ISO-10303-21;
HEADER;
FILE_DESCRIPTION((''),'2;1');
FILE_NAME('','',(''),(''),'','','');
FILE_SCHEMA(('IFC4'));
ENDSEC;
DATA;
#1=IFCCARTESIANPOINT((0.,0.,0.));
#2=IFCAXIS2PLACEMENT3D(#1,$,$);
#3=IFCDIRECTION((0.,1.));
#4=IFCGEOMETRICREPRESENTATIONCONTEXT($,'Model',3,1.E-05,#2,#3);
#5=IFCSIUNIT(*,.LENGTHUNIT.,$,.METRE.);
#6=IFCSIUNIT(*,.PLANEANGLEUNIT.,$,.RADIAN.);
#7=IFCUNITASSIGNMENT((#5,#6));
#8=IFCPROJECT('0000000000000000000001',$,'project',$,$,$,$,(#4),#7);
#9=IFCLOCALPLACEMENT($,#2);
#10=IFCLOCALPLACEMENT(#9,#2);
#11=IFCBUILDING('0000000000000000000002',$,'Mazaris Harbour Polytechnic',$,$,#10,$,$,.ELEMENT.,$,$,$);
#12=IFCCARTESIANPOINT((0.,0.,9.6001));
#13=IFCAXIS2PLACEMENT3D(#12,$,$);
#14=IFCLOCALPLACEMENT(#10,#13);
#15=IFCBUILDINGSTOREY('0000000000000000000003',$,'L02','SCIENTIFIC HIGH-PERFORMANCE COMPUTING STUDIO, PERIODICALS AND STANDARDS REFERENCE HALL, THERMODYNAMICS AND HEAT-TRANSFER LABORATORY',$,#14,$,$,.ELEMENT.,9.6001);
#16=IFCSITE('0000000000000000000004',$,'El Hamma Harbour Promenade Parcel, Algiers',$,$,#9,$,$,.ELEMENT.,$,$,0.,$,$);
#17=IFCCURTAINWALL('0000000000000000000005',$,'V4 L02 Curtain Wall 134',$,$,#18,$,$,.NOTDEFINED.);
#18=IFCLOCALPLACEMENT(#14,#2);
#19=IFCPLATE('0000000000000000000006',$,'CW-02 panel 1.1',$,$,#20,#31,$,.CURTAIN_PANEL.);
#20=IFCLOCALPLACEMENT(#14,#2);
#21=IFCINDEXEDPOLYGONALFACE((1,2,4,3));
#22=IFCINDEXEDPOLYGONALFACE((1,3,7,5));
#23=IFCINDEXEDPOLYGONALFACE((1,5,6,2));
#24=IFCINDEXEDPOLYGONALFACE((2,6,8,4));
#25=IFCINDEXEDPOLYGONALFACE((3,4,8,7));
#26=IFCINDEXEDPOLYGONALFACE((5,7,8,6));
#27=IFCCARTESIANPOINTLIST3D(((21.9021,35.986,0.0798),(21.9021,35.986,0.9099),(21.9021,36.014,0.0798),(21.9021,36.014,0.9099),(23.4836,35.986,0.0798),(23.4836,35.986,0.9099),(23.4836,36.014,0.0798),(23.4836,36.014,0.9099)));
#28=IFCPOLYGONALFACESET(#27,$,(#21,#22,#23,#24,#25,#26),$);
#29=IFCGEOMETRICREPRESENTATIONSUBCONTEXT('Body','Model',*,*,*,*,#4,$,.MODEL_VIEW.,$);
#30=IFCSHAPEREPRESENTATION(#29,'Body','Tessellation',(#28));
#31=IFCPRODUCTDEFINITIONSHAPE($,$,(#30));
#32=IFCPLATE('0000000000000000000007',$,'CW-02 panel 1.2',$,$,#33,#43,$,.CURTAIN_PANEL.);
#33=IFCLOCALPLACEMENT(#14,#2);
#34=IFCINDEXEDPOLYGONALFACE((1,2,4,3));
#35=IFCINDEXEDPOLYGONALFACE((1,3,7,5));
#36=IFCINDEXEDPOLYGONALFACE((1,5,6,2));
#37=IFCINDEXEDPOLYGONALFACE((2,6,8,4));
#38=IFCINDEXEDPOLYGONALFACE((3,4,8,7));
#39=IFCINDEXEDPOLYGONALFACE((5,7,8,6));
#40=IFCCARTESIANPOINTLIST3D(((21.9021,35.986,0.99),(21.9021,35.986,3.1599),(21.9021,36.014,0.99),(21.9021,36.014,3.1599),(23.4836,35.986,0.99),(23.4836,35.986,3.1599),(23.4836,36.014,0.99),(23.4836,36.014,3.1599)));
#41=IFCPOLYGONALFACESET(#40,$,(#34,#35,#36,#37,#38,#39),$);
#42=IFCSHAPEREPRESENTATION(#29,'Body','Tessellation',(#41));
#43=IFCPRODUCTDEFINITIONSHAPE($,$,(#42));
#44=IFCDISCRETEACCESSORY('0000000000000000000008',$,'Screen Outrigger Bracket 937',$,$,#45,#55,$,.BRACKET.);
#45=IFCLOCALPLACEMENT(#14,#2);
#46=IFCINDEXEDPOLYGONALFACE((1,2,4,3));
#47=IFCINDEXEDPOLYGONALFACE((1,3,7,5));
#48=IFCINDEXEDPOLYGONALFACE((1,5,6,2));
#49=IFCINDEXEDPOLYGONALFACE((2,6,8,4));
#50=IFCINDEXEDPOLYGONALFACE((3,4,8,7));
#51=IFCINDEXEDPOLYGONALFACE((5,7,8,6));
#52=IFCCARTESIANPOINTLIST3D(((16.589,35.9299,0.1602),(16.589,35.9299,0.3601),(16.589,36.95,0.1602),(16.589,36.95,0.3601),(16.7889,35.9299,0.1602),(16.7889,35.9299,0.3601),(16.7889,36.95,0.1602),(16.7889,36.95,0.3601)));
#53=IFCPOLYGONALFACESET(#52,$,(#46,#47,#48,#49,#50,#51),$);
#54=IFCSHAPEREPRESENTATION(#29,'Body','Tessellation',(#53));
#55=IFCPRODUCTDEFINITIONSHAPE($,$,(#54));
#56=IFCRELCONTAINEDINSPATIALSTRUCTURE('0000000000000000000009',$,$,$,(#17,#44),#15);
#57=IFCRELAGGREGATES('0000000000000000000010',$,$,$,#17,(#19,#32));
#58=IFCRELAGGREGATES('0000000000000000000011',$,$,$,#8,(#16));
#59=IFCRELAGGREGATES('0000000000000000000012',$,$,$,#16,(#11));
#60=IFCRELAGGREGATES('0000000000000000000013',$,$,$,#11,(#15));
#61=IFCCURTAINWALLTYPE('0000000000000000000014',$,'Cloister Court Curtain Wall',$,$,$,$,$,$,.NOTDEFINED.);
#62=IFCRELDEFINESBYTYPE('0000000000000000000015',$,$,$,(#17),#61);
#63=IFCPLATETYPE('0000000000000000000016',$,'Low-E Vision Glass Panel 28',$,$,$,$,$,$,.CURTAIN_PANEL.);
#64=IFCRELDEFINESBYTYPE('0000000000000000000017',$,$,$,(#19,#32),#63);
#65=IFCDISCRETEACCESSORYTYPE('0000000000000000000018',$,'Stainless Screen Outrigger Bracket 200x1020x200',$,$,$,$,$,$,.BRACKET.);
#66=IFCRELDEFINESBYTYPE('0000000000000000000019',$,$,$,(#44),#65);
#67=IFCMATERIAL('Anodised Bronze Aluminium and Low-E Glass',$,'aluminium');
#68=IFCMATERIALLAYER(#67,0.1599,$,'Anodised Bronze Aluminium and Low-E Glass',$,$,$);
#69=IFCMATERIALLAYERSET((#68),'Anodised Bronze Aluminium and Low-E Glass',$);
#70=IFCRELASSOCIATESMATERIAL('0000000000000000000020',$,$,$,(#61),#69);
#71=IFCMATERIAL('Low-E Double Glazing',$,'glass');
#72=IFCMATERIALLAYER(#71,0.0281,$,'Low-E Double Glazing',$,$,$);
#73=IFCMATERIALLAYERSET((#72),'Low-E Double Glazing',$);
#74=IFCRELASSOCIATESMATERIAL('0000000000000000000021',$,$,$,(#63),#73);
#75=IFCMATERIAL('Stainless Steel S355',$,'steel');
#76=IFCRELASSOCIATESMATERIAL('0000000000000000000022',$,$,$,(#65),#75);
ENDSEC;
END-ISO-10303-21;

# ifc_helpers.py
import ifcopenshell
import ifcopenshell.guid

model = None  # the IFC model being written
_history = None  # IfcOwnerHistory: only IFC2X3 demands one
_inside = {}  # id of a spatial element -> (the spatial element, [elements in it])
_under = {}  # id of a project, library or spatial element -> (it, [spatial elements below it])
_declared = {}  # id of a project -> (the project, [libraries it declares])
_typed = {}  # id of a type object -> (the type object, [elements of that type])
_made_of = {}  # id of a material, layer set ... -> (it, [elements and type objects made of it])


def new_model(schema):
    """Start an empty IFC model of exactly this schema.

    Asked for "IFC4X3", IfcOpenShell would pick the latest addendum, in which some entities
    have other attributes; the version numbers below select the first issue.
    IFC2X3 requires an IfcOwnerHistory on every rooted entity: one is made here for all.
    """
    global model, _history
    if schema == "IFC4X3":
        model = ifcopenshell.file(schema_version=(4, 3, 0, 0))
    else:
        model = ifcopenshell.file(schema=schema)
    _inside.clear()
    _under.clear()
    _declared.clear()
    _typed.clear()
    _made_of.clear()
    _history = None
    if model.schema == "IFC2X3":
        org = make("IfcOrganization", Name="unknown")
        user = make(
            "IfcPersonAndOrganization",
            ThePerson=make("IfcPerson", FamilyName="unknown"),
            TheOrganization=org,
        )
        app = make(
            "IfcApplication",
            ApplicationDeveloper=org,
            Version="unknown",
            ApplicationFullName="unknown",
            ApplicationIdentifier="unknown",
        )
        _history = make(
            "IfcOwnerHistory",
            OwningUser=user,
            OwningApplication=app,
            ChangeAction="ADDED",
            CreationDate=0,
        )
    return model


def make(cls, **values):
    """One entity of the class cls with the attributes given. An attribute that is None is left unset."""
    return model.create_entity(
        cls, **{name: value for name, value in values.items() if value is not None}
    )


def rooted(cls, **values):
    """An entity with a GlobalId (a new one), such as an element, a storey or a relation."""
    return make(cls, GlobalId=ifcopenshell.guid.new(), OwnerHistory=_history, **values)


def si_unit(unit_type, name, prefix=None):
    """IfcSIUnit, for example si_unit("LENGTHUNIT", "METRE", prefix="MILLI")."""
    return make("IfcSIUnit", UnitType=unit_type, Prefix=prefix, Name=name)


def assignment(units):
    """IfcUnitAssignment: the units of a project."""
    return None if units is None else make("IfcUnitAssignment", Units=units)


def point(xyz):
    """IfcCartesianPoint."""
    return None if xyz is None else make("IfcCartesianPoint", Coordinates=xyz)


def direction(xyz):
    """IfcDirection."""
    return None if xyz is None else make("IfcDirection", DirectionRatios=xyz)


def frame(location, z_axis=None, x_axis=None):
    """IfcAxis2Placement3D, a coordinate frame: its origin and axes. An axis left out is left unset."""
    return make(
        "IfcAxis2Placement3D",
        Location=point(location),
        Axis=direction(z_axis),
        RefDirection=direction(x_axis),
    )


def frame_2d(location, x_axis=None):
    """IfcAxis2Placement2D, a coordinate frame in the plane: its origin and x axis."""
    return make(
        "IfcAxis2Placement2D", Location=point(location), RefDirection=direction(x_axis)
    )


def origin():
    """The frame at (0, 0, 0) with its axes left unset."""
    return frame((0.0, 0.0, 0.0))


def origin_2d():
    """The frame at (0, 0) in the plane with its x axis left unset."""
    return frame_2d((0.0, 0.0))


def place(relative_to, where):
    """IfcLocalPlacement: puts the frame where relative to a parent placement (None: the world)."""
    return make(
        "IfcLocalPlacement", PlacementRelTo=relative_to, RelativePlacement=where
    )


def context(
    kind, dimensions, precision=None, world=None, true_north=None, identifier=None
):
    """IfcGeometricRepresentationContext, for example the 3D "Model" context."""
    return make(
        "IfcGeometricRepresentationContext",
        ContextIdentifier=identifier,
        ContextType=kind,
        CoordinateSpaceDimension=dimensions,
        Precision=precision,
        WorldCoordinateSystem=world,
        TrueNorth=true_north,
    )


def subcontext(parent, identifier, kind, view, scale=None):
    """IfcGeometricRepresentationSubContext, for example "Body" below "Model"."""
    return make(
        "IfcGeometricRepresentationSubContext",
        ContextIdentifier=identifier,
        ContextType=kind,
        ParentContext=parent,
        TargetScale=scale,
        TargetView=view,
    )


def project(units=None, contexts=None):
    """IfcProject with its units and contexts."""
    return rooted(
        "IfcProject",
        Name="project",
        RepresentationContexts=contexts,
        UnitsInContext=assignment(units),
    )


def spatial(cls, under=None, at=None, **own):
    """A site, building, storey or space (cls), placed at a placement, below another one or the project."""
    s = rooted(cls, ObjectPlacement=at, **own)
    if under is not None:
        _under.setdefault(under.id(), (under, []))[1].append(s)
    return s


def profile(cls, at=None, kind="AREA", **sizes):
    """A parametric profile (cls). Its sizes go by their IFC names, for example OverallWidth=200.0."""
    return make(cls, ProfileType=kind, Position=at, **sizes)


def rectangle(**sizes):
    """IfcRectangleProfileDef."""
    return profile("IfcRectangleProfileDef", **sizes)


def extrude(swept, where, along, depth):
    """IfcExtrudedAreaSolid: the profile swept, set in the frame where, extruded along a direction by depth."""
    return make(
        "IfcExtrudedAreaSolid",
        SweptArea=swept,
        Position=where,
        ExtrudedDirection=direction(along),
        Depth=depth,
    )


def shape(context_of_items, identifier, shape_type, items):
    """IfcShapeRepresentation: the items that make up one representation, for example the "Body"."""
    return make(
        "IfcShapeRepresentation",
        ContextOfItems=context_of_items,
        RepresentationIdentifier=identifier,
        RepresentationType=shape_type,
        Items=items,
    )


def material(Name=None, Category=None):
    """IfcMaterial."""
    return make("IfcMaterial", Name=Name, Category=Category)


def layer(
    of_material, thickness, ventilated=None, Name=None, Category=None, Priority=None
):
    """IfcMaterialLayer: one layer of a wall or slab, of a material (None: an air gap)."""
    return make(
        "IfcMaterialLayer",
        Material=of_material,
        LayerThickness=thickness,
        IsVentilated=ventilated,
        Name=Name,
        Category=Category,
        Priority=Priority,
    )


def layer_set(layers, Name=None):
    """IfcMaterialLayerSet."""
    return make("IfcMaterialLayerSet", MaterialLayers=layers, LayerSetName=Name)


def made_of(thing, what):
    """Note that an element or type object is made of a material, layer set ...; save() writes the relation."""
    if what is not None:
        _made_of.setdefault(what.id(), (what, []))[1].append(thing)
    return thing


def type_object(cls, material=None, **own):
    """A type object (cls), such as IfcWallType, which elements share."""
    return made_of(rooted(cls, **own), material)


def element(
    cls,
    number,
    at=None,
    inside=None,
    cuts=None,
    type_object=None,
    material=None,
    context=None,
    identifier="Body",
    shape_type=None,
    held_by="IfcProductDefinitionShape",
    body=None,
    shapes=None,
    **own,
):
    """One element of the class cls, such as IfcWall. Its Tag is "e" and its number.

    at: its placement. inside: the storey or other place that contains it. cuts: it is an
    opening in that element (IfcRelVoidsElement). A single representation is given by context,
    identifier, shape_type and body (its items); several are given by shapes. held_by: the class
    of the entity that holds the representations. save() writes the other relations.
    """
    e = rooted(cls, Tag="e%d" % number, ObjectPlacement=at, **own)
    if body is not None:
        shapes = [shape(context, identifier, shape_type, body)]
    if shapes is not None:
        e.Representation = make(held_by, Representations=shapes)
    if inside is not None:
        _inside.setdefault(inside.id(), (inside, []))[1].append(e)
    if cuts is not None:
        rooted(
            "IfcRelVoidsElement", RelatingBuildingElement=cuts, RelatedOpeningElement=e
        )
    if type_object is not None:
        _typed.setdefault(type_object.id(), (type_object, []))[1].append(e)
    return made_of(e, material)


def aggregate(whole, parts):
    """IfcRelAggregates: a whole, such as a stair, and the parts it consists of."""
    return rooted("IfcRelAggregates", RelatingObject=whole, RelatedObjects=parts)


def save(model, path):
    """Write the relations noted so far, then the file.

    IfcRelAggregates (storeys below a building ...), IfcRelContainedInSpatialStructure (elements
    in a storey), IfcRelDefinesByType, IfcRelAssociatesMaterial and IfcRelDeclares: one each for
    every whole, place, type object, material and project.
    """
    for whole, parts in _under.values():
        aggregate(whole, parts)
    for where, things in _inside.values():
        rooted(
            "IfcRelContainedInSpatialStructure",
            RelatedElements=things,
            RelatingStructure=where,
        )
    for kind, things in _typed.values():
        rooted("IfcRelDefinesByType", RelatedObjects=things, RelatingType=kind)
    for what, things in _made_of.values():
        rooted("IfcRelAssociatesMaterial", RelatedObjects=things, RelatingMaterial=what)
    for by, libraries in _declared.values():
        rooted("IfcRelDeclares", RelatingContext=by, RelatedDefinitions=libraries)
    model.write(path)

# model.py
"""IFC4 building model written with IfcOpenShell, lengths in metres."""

from ifc_helpers import new_model, si_unit, direction, frame, origin, origin_2d, place, context, subcontext, project, spatial, rectangle, extrude, material, layer, layer_set, type_object, element, aggregate, save


model = new_model("IFC4")

# Units and contexts
model_context = context("Model", 3, precision=1e-05, world=origin(), true_north=direction((0.0, 1.0)))
body_context = subcontext(model_context, "Body", "Model", "MODEL_VIEW")
ifc_project = project(units=[si_unit("LENGTHUNIT", "METRE"), si_unit("PLANEANGLEUNIT", "RADIAN")], contexts=[model_context])

# Site, building, storey
site_placement = place(None, origin())
site = spatial("IfcSite", under=ifc_project, at=site_placement, Name="El Hamma Harbour Promenade Parcel, Algiers", CompositionType="ELEMENT", RefElevation=0.0)
building_placement = place(site_placement, origin())
building = spatial("IfcBuilding", under=site, at=building_placement, Name="Mazaris Harbour Polytechnic", CompositionType="ELEMENT")
storey_placement = place(building_placement, frame((0.0, 0.0, 9.6001)))
storey = spatial("IfcBuildingStorey", under=building, at=storey_placement, Name="L02", Description="SCIENTIFIC HIGH-PERFORMANCE COMPUTING STUDIO, PERIODICALS AND STANDARDS REFERENCE HALL, THERMODYNAMICS AND HEAT-TRANSFER LABORATORY", CompositionType="ELEMENT", Elevation=9.6001)

# Curtain wall
ifc_material_1 = material(Name="Anodised Bronze Aluminium and Low-E Glass", Category="aluminium")
ifc_layer_1 = layer(ifc_material_1, 0.1599, Name="Anodised Bronze Aluminium and Low-E Glass")
ifc_layer_set_1 = layer_set([ifc_layer_1], Name="Anodised Bronze Aluminium and Low-E Glass")
curtain_wall_type = type_object("IfcCurtainWallType", Name="Cloister Court Curtain Wall", PredefinedType="NOTDEFINED", material=ifc_layer_set_1)
curtain_wall_1_placement = place(storey_placement, origin())
curtain_wall_1 = element("IfcCurtainWall", 1, at=curtain_wall_1_placement, inside=storey, type_object=curtain_wall_type, Name="V4 L02 Curtain Wall 134", PredefinedType="NOTDEFINED")

# Plates
ifc_material_2 = material(Name="Low-E Double Glazing", Category="glass")
ifc_layer_2 = layer(ifc_material_2, 0.0281, Name="Low-E Double Glazing")
ifc_layer_set_2 = layer_set([ifc_layer_2], Name="Low-E Double Glazing")
plate_type = type_object("IfcPlateType", Name="Low-E Vision Glass Panel 28", PredefinedType="CURTAIN_PANEL", material=ifc_layer_set_2)
plate_1_placement = place(storey_placement, frame((22.6929, 36.0, 0.0798), z_axis=(0.0, 0.0, 1.0), x_axis=(1.0, 0.0, 0.0)))
plate_1 = element("IfcPlate", 2, at=plate_1_placement, type_object=plate_type, Name="CW-02 panel 1.1", PredefinedType="CURTAIN_PANEL", context=body_context, shape_type="SweptSolid", body=[
    extrude(rectangle(XDim=1.5815, YDim=0.0281, at=origin_2d()), origin(), (0.0, 0.0, 1.0), 0.8301),
])
plate_2_placement = place(storey_placement, frame((22.6929, 36.0, 0.99), z_axis=(0.0, 0.0, 1.0), x_axis=(1.0, 0.0, 0.0)))
plate_2 = element("IfcPlate", 3, at=plate_2_placement, type_object=plate_type, Name="CW-02 panel 1.2", PredefinedType="CURTAIN_PANEL", context=body_context, shape_type="SweptSolid", body=[
    extrude(rectangle(XDim=1.5815, YDim=0.0281, at=origin_2d()), origin(), (0.0, 0.0, 1.0), 2.1699),
])
aggregate(curtain_wall_1, [plate_1, plate_2])

# Discrete accessory
ifc_material_3 = material(Name="Stainless Steel S355", Category="steel")
discrete_accessory_type = type_object("IfcDiscreteAccessoryType", Name="Stainless Screen Outrigger Bracket 200x1020x200", PredefinedType="BRACKET", material=ifc_material_3)
discrete_accessory_placement = place(storey_placement, frame((16.689, 36.4399, 0.1602), z_axis=(0.0, 0.0, 1.0), x_axis=(1.0, 0.0, 0.0)))
element("IfcDiscreteAccessory", 4, at=discrete_accessory_placement, inside=storey, type_object=discrete_accessory_type, Name="Screen Outrigger Bracket 937", PredefinedType="BRACKET", context=body_context, shape_type="SweptSolid", body=[
    extrude(rectangle(XDim=0.2, YDim=1.02, at=origin_2d()), origin(), (0.0, 0.0, 1.0), 0.2),
])

save(model, "model.ifc")
